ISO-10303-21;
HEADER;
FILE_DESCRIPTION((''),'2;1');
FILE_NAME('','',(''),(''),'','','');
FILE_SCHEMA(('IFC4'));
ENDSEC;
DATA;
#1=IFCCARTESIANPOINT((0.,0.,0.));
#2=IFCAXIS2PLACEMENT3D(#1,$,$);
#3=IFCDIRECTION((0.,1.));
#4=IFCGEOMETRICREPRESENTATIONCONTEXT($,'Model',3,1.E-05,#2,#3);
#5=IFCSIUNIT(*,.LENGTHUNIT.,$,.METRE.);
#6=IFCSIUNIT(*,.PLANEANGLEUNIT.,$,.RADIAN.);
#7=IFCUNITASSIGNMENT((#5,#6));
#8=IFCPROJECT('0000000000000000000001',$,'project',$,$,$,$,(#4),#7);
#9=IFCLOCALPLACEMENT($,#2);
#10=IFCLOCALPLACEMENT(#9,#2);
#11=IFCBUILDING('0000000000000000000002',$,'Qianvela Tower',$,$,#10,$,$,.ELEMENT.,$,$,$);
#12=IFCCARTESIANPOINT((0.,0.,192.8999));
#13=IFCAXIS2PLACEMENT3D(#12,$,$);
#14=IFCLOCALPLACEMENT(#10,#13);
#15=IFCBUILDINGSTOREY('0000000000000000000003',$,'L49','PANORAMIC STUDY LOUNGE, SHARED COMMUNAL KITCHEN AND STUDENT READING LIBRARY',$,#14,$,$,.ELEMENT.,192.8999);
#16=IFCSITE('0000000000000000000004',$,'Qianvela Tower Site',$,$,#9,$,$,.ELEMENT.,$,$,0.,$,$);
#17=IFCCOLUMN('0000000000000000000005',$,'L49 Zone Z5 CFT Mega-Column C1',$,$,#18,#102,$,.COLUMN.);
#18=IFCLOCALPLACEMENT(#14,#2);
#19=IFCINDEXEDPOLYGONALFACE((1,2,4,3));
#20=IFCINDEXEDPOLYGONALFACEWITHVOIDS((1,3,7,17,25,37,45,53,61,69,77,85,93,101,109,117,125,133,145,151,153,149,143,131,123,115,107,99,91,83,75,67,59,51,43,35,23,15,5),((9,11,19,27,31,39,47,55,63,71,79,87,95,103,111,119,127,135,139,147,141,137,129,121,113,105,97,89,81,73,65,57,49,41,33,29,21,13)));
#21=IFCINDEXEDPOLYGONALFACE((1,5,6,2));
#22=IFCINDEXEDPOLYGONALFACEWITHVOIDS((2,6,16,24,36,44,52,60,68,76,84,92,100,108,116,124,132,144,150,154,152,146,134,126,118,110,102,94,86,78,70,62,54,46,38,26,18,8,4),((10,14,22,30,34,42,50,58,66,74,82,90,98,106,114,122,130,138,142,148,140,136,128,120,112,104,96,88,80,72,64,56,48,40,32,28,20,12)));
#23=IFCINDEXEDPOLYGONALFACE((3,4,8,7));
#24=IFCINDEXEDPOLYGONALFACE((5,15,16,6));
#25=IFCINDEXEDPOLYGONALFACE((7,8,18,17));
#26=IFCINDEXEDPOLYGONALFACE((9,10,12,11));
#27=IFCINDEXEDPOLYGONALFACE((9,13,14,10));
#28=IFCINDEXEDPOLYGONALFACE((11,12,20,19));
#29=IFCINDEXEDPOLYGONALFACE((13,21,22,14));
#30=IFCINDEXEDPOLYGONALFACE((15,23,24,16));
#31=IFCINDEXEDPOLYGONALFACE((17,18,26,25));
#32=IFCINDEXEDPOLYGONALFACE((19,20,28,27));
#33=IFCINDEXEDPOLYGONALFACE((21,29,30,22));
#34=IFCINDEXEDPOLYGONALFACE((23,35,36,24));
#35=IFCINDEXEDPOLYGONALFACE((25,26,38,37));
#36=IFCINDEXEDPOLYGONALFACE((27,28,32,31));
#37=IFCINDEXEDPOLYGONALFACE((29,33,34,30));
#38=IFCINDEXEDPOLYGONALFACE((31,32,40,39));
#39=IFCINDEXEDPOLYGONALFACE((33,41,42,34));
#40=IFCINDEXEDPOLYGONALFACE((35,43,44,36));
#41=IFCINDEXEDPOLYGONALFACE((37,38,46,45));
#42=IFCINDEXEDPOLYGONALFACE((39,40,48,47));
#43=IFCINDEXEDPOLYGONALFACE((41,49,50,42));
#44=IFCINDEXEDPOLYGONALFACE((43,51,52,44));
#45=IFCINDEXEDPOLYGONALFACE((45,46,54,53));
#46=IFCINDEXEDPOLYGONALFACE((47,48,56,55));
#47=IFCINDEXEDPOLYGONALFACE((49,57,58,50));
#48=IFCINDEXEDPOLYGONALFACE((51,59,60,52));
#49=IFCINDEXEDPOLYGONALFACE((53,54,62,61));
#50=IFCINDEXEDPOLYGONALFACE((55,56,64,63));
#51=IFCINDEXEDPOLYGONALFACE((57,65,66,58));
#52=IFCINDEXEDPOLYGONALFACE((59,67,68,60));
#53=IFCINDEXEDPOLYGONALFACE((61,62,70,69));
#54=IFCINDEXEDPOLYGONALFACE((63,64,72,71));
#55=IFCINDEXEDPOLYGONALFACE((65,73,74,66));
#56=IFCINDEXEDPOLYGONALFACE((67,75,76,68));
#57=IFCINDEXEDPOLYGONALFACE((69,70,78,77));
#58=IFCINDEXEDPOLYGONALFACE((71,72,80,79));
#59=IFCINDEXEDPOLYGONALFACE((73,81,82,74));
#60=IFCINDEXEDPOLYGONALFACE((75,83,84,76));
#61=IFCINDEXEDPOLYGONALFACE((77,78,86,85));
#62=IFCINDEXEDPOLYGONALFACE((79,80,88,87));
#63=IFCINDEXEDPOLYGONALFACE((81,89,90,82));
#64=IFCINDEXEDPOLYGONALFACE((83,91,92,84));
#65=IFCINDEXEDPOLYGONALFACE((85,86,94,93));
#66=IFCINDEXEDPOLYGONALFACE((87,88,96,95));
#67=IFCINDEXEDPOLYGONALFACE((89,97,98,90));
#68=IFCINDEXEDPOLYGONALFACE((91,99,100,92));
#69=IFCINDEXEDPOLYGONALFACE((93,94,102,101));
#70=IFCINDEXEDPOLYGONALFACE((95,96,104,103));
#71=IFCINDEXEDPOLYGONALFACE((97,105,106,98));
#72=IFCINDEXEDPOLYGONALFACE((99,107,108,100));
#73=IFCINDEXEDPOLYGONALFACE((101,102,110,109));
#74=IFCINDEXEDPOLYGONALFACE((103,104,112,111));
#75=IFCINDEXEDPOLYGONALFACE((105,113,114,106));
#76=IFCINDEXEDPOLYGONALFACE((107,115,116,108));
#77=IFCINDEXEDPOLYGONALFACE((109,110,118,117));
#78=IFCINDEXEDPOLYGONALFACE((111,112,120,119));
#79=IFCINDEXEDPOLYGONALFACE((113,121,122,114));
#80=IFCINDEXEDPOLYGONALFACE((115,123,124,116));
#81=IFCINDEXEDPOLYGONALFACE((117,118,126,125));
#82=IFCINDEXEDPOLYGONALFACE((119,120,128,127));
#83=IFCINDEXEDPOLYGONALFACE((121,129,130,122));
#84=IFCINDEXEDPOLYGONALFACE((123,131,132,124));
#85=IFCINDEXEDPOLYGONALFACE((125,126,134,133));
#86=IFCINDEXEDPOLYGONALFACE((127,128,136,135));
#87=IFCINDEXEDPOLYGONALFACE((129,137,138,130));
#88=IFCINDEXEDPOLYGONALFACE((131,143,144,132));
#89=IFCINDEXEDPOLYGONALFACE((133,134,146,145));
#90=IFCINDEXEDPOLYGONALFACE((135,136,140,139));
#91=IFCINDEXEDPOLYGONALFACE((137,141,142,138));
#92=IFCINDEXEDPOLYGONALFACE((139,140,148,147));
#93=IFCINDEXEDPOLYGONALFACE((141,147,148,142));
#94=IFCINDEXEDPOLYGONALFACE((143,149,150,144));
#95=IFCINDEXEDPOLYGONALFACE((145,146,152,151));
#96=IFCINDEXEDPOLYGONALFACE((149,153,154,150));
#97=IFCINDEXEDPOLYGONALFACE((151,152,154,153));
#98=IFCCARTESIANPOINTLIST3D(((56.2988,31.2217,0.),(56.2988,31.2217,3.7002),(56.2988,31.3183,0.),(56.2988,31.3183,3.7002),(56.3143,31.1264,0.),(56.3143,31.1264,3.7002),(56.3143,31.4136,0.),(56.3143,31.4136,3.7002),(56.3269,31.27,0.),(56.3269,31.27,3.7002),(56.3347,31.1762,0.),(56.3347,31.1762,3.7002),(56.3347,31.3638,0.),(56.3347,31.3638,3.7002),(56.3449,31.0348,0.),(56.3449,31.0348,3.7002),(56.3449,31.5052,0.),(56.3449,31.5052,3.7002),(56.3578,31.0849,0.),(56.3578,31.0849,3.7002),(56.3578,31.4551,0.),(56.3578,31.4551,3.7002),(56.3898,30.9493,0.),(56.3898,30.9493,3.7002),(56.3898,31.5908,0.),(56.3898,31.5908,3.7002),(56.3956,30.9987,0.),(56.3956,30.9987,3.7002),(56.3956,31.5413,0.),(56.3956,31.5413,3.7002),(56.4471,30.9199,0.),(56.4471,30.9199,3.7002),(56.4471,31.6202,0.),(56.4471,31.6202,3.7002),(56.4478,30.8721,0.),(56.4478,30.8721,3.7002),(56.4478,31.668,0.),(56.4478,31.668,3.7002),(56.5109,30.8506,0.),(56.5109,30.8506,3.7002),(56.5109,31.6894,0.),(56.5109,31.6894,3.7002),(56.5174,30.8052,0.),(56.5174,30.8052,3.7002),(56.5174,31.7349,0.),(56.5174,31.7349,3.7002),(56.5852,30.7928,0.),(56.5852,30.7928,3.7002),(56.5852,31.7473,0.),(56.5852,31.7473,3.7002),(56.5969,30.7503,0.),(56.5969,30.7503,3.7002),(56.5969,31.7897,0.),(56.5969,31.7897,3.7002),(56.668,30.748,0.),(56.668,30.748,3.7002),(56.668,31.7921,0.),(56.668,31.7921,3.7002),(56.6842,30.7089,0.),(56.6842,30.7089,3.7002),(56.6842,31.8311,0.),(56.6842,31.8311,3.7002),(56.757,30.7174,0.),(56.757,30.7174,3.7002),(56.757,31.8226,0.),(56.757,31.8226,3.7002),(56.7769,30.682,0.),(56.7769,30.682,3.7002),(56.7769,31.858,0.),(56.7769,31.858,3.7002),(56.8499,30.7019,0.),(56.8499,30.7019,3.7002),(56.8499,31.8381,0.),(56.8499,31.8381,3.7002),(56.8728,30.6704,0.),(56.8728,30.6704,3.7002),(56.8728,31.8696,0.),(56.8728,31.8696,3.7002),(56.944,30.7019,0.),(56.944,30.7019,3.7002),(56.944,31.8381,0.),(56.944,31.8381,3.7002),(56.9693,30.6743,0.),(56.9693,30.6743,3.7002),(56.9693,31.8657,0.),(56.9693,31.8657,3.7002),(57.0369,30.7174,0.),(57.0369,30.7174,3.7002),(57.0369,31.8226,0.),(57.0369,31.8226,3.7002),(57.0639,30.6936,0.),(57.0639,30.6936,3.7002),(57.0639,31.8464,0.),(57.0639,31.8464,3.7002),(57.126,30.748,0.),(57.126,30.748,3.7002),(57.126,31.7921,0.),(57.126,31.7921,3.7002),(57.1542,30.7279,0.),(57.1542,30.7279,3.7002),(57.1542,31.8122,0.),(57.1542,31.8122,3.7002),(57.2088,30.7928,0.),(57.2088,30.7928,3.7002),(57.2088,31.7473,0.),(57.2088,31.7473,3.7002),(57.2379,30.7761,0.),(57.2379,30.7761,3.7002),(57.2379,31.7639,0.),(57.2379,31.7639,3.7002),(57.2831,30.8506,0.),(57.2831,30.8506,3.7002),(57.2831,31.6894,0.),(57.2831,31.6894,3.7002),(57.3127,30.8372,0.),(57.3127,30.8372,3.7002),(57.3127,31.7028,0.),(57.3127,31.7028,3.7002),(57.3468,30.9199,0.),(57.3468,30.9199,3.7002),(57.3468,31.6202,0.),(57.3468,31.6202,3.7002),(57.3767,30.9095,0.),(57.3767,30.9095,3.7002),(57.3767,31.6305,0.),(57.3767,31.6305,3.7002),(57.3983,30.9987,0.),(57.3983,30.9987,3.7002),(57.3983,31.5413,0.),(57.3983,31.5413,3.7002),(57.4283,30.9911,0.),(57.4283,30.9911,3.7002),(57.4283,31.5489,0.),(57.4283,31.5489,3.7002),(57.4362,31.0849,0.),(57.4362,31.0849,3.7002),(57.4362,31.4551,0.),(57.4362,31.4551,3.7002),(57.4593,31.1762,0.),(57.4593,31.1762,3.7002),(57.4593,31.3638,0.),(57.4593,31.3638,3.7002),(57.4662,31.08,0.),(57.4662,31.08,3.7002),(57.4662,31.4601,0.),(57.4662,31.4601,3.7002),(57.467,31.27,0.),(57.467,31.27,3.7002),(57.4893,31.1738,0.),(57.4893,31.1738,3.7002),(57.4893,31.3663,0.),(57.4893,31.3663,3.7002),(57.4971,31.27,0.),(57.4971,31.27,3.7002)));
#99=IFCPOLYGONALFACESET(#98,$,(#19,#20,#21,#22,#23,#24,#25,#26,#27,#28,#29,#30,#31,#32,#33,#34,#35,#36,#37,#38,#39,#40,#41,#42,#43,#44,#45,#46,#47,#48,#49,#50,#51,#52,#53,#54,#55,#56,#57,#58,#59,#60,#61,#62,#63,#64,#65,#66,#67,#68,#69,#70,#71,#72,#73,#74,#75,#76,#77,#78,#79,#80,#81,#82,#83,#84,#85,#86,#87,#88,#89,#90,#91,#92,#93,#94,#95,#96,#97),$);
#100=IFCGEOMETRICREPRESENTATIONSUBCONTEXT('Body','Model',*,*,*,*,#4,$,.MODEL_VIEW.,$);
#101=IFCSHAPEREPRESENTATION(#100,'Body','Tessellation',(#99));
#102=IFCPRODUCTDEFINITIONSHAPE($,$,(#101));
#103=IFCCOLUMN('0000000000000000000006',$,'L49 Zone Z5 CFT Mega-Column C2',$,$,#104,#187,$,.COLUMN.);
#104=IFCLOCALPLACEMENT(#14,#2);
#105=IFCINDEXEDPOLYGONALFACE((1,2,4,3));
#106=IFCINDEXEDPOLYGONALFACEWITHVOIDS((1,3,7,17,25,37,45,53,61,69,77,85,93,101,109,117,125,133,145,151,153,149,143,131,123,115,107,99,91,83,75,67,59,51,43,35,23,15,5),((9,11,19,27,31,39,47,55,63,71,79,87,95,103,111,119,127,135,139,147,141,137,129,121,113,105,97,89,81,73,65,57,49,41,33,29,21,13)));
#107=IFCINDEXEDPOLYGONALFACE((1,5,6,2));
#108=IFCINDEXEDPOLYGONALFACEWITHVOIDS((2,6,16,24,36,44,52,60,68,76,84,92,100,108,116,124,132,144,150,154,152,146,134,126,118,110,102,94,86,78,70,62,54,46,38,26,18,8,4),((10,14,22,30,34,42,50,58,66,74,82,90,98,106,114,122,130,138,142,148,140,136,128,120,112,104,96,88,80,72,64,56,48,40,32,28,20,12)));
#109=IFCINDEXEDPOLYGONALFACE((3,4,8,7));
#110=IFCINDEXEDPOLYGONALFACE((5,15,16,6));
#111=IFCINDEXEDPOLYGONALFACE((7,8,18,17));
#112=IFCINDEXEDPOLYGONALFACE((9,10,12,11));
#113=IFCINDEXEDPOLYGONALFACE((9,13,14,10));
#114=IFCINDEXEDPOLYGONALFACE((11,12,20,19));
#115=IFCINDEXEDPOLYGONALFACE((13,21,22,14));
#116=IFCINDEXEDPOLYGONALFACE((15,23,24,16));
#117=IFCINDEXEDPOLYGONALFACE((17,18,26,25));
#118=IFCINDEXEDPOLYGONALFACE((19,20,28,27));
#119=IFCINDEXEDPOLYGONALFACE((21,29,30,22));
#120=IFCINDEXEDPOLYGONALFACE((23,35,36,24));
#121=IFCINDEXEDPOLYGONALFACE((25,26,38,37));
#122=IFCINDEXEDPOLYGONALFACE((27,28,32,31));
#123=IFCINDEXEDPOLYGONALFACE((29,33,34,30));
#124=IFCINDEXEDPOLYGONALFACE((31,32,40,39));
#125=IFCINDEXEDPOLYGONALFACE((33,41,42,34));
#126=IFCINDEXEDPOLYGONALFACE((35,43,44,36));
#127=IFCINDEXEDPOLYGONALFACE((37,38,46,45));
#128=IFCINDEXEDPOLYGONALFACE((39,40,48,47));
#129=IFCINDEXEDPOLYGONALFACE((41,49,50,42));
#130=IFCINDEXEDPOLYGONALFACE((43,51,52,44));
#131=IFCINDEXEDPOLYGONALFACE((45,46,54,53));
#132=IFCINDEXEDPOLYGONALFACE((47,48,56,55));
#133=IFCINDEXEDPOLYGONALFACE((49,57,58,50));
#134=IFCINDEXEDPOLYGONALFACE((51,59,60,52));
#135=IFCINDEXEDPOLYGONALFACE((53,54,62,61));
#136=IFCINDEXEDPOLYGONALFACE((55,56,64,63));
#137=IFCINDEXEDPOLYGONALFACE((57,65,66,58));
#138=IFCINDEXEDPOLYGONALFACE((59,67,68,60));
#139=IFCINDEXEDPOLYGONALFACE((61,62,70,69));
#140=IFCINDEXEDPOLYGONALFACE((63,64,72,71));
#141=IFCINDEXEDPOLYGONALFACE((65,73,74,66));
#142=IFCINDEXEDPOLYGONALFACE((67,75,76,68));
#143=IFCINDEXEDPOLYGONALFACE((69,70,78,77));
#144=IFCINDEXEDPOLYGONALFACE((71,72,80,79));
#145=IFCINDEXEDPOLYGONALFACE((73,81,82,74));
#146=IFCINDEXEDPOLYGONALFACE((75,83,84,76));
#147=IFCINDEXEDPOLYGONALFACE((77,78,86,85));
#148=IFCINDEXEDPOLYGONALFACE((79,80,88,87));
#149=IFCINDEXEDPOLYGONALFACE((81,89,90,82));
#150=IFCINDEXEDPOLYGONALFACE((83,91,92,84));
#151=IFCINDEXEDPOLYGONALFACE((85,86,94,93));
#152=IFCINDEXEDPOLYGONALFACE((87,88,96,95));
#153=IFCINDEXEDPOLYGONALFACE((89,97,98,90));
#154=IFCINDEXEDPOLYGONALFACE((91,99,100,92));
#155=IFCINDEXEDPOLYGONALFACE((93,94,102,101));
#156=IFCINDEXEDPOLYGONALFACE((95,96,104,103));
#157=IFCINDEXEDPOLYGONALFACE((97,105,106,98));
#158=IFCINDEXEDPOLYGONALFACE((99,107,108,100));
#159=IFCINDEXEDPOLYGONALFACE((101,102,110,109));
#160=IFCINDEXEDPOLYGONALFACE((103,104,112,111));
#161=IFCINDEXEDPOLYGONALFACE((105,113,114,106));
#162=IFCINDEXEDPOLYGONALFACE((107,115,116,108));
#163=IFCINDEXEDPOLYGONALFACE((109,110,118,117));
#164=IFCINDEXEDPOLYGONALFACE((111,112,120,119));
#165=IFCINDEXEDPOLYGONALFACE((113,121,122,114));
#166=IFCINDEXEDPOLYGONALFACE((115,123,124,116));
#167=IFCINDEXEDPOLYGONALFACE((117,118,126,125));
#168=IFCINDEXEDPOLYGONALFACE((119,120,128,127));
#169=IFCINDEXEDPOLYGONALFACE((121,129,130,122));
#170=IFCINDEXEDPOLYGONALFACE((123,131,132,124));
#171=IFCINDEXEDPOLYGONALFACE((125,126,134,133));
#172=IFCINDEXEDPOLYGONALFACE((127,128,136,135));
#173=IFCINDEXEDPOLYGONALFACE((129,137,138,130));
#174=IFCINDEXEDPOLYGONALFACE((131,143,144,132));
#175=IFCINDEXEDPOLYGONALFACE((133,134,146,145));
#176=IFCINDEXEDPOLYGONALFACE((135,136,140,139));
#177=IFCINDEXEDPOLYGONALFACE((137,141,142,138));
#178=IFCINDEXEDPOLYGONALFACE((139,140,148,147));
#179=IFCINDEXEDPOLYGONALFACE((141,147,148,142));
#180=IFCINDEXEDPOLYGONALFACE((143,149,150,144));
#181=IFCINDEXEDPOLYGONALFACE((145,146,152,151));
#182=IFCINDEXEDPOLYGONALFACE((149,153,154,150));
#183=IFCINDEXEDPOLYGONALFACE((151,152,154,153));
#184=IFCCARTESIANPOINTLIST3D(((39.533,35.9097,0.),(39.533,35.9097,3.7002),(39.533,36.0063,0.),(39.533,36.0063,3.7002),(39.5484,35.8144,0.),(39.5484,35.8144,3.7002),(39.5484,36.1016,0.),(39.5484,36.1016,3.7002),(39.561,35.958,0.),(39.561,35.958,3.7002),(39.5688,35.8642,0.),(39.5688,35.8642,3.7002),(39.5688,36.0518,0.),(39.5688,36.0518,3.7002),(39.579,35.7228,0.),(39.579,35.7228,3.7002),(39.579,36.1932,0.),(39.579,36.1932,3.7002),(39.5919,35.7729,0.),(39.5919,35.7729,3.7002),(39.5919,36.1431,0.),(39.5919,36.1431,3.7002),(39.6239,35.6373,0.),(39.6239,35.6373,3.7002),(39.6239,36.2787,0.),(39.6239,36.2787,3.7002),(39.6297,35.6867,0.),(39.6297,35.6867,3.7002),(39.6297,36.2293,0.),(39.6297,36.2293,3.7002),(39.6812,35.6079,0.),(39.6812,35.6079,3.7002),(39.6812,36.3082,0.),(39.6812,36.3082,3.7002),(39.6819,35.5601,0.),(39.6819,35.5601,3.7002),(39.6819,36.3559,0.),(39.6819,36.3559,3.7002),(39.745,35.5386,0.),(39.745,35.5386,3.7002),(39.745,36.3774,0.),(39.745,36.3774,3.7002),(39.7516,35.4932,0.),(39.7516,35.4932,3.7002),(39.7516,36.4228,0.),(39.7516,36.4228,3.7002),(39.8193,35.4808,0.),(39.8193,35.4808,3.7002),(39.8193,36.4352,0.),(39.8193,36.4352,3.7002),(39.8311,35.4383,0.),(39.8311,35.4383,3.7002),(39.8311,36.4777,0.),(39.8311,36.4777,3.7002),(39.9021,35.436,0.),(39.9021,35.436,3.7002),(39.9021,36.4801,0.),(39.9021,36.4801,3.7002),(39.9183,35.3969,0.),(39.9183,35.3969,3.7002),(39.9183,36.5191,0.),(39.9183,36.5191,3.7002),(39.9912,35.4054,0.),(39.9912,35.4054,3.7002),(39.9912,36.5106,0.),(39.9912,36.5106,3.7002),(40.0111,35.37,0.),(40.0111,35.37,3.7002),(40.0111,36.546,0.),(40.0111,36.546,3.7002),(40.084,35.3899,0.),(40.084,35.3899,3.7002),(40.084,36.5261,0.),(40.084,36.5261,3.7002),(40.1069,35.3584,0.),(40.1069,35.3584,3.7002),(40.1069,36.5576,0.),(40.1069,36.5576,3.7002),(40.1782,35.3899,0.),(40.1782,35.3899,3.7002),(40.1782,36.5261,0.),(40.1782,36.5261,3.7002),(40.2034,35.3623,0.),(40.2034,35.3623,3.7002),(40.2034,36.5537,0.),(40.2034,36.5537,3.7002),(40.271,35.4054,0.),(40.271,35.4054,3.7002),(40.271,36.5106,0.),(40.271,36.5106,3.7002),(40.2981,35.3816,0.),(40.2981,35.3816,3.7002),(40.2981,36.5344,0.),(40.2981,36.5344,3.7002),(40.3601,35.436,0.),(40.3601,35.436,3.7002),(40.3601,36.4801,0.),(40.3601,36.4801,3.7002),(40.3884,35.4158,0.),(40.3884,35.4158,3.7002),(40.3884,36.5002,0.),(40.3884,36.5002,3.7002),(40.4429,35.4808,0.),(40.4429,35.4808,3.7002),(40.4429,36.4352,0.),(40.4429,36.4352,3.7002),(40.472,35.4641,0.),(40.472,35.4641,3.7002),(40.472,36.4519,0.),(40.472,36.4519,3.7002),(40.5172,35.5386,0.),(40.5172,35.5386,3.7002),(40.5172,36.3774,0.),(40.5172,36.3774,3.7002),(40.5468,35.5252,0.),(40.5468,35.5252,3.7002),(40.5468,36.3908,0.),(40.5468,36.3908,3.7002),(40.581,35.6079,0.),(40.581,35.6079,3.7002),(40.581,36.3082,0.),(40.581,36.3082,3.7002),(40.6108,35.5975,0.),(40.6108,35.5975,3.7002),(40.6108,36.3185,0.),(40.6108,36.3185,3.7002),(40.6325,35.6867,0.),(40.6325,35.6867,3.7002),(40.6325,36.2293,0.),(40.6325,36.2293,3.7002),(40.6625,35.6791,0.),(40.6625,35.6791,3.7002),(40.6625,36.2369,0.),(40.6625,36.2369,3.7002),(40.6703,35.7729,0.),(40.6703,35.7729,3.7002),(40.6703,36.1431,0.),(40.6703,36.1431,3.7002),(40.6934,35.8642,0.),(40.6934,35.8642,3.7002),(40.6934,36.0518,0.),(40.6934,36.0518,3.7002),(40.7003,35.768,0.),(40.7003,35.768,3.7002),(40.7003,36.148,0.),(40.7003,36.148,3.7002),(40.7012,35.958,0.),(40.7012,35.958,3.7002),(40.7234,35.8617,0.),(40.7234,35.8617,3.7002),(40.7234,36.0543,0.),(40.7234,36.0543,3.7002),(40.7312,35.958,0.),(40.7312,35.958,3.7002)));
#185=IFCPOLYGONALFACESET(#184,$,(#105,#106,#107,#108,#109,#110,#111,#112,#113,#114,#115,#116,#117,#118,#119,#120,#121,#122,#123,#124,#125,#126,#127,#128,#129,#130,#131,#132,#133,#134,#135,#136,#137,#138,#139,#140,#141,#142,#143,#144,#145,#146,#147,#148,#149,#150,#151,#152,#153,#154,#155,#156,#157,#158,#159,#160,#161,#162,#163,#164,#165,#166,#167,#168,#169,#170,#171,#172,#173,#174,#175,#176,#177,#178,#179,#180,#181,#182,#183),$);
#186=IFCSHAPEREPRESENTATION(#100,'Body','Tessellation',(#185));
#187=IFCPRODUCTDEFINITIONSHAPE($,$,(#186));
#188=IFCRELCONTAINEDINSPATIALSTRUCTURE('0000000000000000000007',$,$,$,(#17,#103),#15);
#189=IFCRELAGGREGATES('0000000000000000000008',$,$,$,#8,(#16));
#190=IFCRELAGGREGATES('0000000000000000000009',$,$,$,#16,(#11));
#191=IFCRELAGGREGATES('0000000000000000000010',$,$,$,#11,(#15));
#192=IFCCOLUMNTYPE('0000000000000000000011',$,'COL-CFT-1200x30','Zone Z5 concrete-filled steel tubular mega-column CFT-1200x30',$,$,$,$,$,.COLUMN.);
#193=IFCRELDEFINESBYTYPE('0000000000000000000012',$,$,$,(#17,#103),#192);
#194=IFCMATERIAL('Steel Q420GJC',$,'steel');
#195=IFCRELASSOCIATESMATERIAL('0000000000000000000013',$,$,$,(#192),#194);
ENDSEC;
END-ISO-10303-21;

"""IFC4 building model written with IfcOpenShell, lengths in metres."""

from ifc_helpers import new_model, si_unit, direction, frame, origin, origin_2d, place, context, subcontext, project, spatial, hollow_circle, extrude, material, material_profile, profile_set, type_object, element, save


model = new_model("IFC4")

# Units and contexts
model_context = context("Model", 3, precision=1e-05, world=origin(), true_north=direction((0.0, 1.0)))
body_context = subcontext(model_context, "Body", "Model", "MODEL_VIEW")
ifc_project = project(units=[si_unit("LENGTHUNIT", "METRE"), si_unit("PLANEANGLEUNIT", "RADIAN")], contexts=[model_context])

# Site, building, storey
site_placement = place(None, origin())
site = spatial("IfcSite", under=ifc_project, at=site_placement, Name="Qianvela Tower Site", CompositionType="ELEMENT", RefElevation=0.0)
building_placement = place(site_placement, origin())
building = spatial("IfcBuilding", under=site, at=building_placement, Name="Qianvela Tower", CompositionType="ELEMENT")
storey_placement = place(building_placement, frame((0.0, 0.0, 192.8999)))
storey = spatial("IfcBuildingStorey", under=building, at=storey_placement, Name="L49", Description="PANORAMIC STUDY LOUNGE, SHARED COMMUNAL KITCHEN AND STUDENT READING LIBRARY", CompositionType="ELEMENT", Elevation=192.8999)

# Columns
ifc_material_1 = material(Name="Steel Q420GJC", Category="steel")
ifc_material_profile_1 = material_profile(ifc_material_1, hollow_circle(Radius=0.6001, WallThickness=0.03, at=origin_2d()), Name="CFT-1200x30")
ifc_profile_set_1 = profile_set([ifc_material_profile_1], Name="Steel Q420GJC")
column_type = type_object("IfcColumnType", Name="COL-CFT-1200x30", Description="Zone Z5 concrete-filled steel tubular mega-column CFT-1200x30", PredefinedType="COLUMN", material=ifc_profile_set_1)
for number, where, z_axis, x_axis, name in (
    (1, (56.897, 31.27, 0.0), (0.0, 0.0, 1.0), (1.0, 0.0, 0.0), "L49 Zone Z5 CFT Mega-Column C1"),
    (2, (40.1311, 35.958, 0.0), (0.0, 0.0, 1.0), (1.0, 0.0, 0.0), "L49 Zone Z5 CFT Mega-Column C2"),
):
    element("IfcColumn", number, at=place(storey_placement, frame(where, z_axis=z_axis, x_axis=x_axis)), inside=storey, type_object=column_type, Name=name, PredefinedType="COLUMN", context=body_context, shape_type="SweptSolid", body=[
        extrude(hollow_circle(Radius=0.6001, WallThickness=0.03, at=origin_2d()), origin(), (0.0, 0.0, 1.0), 3.7002),
    ])

save(model, "model.ifc")
